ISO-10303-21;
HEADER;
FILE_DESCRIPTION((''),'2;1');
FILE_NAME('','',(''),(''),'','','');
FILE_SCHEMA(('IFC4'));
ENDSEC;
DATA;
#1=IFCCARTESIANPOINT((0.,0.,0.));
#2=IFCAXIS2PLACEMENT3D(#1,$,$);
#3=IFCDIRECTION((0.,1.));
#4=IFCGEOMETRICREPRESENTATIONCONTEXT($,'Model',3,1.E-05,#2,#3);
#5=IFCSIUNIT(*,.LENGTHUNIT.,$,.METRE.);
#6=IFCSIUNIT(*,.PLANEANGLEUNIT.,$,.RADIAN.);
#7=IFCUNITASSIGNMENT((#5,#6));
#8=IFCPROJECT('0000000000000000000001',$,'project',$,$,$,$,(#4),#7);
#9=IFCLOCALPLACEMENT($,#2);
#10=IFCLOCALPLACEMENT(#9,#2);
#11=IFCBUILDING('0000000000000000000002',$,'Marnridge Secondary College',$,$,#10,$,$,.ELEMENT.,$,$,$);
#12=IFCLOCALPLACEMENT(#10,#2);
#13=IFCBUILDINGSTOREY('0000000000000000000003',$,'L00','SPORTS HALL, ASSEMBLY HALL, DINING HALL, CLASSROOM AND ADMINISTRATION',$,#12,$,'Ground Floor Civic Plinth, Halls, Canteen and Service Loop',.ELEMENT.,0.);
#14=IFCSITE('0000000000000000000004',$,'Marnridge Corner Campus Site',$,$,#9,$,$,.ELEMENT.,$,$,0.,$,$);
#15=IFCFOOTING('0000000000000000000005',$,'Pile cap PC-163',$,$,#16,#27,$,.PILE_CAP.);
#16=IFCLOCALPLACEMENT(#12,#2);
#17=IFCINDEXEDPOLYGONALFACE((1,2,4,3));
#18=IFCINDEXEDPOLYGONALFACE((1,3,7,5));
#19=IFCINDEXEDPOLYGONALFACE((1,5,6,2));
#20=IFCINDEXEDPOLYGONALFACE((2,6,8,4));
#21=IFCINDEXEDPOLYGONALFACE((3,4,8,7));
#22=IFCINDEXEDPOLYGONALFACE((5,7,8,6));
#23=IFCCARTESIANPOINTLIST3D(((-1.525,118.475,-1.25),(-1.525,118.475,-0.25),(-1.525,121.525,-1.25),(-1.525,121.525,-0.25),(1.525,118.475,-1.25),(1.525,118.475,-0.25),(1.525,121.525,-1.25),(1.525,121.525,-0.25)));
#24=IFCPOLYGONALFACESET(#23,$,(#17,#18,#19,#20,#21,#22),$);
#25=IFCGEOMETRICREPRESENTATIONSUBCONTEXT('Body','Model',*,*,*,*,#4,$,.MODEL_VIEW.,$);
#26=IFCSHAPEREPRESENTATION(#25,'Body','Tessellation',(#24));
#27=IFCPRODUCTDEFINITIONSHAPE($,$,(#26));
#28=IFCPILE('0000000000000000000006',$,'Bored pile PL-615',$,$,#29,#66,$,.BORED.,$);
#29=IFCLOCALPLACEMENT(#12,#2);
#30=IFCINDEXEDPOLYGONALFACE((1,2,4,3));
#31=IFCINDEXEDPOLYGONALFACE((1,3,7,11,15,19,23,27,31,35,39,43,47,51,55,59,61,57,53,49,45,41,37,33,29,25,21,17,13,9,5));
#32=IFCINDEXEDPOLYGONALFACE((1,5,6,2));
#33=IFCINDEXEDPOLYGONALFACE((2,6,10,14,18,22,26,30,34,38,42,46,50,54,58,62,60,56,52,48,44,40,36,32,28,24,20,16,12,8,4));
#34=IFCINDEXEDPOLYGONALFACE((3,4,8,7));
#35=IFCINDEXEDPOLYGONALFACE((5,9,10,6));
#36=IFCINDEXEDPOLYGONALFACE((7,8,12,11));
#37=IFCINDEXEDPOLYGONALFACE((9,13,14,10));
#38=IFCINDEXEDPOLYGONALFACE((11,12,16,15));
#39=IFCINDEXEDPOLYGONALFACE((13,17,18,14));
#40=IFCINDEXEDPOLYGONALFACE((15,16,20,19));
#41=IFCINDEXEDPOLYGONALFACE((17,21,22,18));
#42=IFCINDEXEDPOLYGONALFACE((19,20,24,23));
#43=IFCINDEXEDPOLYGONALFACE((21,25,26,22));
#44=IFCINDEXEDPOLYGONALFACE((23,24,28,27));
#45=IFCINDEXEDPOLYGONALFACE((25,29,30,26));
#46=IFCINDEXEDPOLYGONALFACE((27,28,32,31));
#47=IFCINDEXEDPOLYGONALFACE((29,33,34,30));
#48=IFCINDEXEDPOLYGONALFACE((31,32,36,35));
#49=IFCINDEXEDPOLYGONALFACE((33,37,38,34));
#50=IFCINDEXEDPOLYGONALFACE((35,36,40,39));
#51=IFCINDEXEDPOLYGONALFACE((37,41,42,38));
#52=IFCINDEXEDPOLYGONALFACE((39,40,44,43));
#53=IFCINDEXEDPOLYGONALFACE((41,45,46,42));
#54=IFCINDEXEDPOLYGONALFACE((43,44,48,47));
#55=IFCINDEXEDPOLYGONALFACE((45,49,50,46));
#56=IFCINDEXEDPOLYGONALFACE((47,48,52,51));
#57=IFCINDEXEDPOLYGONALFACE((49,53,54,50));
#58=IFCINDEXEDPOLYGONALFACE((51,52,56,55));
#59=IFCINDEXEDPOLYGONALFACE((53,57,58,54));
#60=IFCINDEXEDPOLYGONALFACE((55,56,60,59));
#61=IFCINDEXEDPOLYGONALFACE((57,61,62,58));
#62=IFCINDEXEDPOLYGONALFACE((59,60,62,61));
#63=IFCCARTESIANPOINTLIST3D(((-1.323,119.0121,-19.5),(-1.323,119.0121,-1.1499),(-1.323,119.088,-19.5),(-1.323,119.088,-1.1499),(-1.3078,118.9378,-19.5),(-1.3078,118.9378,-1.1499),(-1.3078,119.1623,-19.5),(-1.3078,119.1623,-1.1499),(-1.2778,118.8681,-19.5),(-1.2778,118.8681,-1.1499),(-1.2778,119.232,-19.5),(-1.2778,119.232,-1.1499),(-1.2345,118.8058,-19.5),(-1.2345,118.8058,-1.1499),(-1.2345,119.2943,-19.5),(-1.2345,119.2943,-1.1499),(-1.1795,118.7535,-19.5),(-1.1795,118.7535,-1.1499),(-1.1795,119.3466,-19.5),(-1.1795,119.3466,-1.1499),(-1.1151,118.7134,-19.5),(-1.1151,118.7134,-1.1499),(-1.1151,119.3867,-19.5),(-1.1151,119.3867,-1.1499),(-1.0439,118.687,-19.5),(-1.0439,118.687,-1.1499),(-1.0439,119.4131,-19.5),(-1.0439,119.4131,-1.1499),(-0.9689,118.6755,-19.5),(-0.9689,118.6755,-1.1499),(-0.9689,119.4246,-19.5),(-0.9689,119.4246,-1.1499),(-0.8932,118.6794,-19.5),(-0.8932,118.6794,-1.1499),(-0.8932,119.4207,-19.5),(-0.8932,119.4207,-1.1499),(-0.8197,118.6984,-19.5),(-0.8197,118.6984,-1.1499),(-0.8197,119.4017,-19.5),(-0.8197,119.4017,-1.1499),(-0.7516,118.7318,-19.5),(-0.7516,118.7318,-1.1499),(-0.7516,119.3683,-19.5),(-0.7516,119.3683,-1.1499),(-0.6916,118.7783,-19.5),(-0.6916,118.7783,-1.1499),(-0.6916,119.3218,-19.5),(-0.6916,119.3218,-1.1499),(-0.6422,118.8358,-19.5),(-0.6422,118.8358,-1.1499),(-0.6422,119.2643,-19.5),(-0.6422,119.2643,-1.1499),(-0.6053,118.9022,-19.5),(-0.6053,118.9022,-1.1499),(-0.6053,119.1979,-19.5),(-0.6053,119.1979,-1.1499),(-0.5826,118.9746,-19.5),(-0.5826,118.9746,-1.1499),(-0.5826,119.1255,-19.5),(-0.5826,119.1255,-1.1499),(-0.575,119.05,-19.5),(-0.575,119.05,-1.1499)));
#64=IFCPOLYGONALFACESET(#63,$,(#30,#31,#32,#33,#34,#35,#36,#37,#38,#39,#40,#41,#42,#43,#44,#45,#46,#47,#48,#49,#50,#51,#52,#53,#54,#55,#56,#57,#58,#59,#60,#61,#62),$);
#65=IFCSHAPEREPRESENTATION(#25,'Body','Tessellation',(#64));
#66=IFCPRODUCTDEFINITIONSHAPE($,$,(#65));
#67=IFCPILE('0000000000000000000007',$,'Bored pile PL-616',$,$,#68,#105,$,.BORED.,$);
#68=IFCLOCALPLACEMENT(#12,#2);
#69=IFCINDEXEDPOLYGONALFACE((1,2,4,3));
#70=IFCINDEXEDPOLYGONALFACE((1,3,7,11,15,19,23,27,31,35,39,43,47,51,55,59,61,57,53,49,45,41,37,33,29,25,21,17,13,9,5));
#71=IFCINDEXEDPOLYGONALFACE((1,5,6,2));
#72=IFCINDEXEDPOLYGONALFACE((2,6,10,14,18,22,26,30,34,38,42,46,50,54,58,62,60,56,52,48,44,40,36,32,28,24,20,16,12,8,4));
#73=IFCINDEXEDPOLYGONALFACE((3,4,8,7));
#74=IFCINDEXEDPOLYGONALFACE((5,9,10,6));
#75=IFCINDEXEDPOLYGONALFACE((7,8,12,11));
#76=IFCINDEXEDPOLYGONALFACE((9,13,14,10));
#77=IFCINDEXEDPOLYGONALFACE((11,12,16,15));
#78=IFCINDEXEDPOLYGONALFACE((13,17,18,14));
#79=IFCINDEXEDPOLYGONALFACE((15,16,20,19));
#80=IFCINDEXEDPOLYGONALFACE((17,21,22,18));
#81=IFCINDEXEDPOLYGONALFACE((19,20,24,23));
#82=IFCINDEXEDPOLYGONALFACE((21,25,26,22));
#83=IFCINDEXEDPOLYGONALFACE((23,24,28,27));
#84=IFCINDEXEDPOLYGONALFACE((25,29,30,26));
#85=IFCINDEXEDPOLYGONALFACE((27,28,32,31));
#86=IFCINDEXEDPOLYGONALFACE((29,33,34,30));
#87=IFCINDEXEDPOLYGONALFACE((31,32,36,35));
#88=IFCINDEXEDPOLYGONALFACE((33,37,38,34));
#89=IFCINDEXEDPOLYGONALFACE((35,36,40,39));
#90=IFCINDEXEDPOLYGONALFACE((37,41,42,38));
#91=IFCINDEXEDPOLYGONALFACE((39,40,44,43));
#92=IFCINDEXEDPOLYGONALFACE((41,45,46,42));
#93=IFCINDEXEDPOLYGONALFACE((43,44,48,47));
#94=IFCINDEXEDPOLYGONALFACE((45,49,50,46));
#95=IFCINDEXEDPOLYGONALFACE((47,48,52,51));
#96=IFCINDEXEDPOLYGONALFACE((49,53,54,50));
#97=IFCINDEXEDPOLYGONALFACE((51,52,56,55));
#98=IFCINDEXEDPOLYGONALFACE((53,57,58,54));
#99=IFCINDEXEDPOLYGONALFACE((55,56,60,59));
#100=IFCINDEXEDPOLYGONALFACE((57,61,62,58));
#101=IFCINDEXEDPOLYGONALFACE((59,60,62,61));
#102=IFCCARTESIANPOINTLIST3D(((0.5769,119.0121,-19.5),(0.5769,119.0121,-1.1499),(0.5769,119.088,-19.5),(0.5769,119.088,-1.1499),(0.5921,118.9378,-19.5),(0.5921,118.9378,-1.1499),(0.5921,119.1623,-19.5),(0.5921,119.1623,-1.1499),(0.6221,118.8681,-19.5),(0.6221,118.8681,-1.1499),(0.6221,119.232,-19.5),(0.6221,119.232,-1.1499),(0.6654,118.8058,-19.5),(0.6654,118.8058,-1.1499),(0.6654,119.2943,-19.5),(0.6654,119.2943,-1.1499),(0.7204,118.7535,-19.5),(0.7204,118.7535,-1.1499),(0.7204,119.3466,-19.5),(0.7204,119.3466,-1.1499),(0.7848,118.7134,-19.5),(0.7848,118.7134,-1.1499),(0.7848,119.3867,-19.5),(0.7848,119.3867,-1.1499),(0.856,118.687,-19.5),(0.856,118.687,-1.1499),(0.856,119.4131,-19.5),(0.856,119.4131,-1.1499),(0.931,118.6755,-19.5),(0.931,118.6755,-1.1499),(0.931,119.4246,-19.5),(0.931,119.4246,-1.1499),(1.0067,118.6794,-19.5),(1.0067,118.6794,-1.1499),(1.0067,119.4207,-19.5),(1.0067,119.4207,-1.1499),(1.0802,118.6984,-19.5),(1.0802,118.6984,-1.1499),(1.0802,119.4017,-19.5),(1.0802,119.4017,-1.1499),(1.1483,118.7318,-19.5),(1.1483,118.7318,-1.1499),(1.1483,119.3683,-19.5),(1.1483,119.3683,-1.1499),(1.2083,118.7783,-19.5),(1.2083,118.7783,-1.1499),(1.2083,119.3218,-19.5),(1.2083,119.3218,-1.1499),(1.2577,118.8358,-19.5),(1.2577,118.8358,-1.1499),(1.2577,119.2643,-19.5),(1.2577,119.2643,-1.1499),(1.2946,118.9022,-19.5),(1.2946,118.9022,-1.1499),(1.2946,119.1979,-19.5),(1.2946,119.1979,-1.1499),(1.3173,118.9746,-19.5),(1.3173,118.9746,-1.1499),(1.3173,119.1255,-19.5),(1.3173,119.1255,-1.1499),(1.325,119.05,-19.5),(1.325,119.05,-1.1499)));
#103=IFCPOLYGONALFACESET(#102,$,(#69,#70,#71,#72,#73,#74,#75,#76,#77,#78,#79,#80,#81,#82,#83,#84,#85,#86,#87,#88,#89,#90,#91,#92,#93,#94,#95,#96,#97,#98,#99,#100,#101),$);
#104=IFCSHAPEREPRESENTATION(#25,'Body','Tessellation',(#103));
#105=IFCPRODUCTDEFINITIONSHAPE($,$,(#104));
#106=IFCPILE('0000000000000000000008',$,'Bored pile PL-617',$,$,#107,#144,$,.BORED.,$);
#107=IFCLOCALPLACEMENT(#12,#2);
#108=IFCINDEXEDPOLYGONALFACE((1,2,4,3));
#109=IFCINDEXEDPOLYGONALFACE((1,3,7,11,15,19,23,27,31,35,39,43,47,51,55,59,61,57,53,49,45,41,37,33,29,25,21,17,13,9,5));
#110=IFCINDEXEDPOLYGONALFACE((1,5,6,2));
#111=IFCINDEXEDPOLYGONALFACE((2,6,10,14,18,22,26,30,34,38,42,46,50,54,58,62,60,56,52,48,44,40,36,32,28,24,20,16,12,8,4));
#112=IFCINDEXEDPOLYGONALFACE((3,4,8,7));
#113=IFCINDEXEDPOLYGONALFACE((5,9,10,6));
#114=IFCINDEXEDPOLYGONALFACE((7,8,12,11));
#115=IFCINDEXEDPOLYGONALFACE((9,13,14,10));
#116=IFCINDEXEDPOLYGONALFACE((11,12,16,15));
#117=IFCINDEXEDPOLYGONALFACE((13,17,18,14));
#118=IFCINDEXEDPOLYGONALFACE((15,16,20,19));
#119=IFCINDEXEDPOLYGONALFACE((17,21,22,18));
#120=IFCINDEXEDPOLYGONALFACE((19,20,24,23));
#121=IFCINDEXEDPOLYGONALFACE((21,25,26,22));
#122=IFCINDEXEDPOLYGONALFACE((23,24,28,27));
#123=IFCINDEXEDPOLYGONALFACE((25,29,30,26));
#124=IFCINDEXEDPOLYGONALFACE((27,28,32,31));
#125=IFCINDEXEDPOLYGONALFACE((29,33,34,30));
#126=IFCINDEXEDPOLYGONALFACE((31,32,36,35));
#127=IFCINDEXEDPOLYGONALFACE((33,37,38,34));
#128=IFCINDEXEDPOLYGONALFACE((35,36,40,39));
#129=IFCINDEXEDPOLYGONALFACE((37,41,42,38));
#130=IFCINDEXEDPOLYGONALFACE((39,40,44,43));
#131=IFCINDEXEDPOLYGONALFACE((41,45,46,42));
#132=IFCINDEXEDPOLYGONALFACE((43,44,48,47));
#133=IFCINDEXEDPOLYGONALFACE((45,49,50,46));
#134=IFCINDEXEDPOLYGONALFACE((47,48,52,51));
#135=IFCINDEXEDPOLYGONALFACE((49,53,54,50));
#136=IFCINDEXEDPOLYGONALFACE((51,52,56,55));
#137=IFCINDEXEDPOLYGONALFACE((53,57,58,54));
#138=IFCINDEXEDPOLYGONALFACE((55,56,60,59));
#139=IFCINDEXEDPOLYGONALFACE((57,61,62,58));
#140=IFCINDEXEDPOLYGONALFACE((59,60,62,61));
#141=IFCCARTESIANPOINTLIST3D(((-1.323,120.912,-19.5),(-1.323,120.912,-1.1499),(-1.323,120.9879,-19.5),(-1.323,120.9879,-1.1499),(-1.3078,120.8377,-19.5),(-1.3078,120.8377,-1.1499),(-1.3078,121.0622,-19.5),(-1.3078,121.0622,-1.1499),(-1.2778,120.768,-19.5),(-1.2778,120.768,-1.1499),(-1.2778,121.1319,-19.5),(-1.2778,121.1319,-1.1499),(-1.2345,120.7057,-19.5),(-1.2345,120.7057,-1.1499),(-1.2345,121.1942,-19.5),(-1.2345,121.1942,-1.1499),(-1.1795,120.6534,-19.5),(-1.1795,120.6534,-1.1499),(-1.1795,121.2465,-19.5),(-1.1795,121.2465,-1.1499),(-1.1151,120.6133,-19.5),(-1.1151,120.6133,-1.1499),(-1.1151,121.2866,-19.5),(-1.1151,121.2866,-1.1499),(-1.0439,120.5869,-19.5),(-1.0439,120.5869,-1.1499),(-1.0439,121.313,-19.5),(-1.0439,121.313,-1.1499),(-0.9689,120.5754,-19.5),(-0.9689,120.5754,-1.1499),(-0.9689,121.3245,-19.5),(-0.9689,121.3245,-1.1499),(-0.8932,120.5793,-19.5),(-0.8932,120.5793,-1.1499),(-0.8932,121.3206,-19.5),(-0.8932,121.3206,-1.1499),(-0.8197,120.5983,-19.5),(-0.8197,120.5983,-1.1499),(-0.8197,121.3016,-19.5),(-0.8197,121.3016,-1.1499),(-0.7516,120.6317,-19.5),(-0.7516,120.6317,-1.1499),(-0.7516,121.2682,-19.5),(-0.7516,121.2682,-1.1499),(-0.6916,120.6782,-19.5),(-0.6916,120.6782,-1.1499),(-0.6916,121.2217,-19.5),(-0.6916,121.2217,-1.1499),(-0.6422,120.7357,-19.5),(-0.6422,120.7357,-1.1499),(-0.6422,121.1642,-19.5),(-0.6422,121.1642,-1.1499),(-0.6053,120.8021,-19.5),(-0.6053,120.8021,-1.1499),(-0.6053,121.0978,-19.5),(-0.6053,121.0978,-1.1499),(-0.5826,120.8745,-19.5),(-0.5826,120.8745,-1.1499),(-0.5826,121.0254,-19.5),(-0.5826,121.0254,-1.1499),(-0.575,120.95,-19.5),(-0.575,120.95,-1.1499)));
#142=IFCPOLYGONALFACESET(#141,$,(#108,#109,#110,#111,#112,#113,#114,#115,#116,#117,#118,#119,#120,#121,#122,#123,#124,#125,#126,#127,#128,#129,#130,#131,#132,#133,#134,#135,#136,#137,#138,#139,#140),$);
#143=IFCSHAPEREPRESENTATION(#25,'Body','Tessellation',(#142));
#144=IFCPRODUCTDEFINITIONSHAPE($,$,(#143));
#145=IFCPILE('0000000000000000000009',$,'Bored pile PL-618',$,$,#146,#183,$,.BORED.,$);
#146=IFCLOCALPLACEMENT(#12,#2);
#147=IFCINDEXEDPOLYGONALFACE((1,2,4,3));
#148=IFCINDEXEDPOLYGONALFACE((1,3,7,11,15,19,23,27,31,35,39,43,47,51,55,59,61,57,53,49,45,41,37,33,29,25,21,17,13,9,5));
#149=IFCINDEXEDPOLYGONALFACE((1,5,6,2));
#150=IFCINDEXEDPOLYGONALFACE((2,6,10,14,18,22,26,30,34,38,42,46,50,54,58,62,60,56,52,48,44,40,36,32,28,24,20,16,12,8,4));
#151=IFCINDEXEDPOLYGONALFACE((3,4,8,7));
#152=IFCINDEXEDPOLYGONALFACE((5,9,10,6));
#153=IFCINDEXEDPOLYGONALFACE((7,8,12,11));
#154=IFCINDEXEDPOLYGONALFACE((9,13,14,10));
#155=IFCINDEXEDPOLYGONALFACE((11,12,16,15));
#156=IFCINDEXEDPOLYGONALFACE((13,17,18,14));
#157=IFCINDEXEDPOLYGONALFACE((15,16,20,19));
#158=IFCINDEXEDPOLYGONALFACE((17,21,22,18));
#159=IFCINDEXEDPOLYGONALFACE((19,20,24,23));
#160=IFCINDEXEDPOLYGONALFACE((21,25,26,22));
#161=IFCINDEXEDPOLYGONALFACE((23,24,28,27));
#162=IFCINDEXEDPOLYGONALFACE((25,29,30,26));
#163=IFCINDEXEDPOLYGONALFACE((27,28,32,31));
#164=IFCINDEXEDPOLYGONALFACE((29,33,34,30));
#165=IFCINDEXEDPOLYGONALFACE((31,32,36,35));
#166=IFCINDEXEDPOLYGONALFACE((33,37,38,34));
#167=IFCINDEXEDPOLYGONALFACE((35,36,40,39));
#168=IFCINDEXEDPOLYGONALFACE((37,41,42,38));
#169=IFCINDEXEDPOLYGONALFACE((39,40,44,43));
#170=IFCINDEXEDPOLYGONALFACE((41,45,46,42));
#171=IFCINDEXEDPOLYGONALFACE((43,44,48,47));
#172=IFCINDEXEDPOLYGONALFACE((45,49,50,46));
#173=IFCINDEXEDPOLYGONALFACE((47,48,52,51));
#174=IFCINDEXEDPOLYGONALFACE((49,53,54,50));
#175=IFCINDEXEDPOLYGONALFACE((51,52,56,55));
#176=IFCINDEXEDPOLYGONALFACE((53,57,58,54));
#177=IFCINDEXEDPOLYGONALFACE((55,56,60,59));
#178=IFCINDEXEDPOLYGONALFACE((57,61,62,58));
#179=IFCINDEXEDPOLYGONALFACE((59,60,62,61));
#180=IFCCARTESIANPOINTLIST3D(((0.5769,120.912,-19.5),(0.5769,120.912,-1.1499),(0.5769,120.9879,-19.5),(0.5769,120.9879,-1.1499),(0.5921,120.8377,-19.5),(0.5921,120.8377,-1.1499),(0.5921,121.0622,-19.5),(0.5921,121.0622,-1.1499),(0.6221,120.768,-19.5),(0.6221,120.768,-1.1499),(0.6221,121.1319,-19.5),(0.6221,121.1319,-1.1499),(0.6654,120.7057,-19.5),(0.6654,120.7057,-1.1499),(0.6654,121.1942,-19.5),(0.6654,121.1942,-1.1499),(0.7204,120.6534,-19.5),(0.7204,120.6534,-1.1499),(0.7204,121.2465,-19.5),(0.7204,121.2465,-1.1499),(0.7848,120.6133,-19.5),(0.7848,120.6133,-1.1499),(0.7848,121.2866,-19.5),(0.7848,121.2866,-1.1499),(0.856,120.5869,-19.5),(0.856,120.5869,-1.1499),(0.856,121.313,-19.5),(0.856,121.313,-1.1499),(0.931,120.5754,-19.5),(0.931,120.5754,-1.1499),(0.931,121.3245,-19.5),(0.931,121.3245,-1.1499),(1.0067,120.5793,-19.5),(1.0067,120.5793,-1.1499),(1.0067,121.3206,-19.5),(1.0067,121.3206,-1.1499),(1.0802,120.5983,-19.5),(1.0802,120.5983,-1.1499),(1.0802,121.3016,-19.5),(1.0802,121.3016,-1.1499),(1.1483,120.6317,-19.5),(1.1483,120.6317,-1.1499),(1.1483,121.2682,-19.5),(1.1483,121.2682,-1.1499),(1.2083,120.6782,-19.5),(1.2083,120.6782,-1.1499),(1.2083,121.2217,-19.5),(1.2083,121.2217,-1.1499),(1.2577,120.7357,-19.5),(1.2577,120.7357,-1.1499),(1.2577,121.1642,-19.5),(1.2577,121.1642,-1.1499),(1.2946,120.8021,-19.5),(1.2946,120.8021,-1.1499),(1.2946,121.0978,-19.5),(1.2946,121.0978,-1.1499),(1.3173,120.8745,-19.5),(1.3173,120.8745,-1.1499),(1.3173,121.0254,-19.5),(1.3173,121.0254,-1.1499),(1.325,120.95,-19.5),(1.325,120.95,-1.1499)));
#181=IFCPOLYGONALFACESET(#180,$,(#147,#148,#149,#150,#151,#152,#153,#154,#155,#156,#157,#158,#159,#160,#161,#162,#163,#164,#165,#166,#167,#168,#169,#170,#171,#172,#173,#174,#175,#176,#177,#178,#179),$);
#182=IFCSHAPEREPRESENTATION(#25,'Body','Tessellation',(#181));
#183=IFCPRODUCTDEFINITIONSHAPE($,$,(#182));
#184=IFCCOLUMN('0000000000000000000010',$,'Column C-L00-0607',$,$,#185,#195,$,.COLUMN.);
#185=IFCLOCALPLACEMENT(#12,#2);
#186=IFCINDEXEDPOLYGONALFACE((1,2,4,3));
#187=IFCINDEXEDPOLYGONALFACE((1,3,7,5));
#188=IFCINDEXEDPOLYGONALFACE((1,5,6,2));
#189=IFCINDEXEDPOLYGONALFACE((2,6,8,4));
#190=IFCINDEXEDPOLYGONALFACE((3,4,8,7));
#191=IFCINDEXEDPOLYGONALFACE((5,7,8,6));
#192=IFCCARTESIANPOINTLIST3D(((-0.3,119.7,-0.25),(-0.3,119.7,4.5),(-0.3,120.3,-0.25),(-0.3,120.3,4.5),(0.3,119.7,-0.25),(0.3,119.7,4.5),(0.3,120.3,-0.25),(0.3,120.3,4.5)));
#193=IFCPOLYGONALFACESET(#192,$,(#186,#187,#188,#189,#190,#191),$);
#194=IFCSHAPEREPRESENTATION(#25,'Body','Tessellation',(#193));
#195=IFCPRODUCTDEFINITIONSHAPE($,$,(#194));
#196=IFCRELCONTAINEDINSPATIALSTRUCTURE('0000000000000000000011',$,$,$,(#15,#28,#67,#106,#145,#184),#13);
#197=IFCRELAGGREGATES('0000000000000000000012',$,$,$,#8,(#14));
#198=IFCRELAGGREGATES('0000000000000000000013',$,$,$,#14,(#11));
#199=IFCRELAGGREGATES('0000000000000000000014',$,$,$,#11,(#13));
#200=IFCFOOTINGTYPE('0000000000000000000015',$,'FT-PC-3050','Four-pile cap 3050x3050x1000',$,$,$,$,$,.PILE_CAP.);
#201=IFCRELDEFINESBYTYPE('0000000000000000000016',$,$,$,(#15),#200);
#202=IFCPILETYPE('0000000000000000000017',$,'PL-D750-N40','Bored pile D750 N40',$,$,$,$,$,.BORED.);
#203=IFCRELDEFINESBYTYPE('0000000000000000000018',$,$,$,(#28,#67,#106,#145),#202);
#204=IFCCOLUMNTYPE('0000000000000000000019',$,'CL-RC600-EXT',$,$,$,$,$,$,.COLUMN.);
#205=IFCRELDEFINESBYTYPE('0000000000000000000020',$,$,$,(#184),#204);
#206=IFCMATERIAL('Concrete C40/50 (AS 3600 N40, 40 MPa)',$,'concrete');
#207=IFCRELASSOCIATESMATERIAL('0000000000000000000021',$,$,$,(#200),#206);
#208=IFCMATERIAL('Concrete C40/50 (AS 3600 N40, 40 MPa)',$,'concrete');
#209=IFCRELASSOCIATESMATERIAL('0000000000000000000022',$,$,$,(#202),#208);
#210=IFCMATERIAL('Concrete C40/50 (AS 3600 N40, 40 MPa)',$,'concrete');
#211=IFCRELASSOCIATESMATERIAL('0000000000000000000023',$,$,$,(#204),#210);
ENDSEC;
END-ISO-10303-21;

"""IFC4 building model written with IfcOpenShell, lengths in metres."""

from ifc_helpers import new_model, si_unit, direction, frame, origin, origin_2d, place, context, subcontext, project, spatial, rectangle, circle, extrude, material, material_profile, profile_set, type_object, element, save


model = new_model("IFC4")

# Units and contexts
model_context = context("Model", 3, precision=1e-05, world=origin(), true_north=direction((0.0, 1.0)))
body_context = subcontext(model_context, "Body", "Model", "MODEL_VIEW")
ifc_project = project(units=[si_unit("LENGTHUNIT", "METRE"), si_unit("PLANEANGLEUNIT", "RADIAN")], contexts=[model_context])

# Site, building, storey
site_placement = place(None, origin())
site = spatial("IfcSite", under=ifc_project, at=site_placement, Name="Marnridge Corner Campus Site", CompositionType="ELEMENT", RefElevation=0.0)
building_placement = place(site_placement, origin())
building = spatial("IfcBuilding", under=site, at=building_placement, Name="Marnridge Secondary College", CompositionType="ELEMENT")
storey_placement = place(building_placement, origin())
storey = spatial("IfcBuildingStorey", under=building, at=storey_placement, Name="L00", Description="SPORTS HALL, ASSEMBLY HALL, DINING HALL, CLASSROOM AND ADMINISTRATION", LongName="Ground Floor Civic Plinth, Halls, Canteen and Service Loop", CompositionType="ELEMENT", Elevation=0.0)

# Footing
ifc_material_1 = material(Name="Concrete C40/50 (AS 3600 N40, 40 MPa)", Category="concrete")
footing_type = type_object("IfcFootingType", Name="FT-PC-3050", Description="Four-pile cap 3050x3050x1000", PredefinedType="PILE_CAP", material=ifc_material_1)
footing_placement = place(storey_placement, frame((0.0, 120.0, -1.25), z_axis=(0.0, 0.0, 1.0), x_axis=(1.0, 0.0, 0.0)))
element("IfcFooting", 1, at=footing_placement, inside=storey, type_object=footing_type, Name="Pile cap PC-163", PredefinedType="PILE_CAP", context=body_context, shape_type="SweptSolid", body=[
    extrude(rectangle(XDim=3.05, YDim=3.05, at=origin_2d()), origin(), (0.0, 0.0, 1.0), 1.0),
])

# Piles
ifc_material_2 = material(Name="Concrete C40/50 (AS 3600 N40, 40 MPa)", Category="concrete")
ifc_material_profile_1 = material_profile(ifc_material_2, circle(Radius=0.375, at=origin_2d()), Name="PILE D750")
ifc_profile_set_1 = profile_set([ifc_material_profile_1], Name="Concrete C40/50 (AS 3600 N40, 40 MPa)")
pile_type = type_object("IfcPileType", Name="PL-D750-N40", Description="Bored pile D750 N40", PredefinedType="BORED", material=ifc_profile_set_1)
for number, where, z_axis, x_axis, name in (
    (2, (-0.95, 119.05, -1.1499), (0.0, 0.0, -1.0), (1.0, 0.0, 0.0), "Bored pile PL-615"),
    (3, (0.95, 119.05, -1.1499), (0.0, 0.0, -1.0), (1.0, 0.0, 0.0), "Bored pile PL-616"),
    (4, (-0.95, 120.95, -1.1499), (0.0, 0.0, -1.0), (1.0, 0.0, 0.0), "Bored pile PL-617"),
    (5, (0.95, 120.95, -1.1499), (0.0, 0.0, -1.0), (1.0, 0.0, 0.0), "Bored pile PL-618"),
):
    element("IfcPile", number, at=place(storey_placement, frame(where, z_axis=z_axis, x_axis=x_axis)), inside=storey, type_object=pile_type, Name=name, PredefinedType="BORED", context=body_context, shape_type="SweptSolid", body=[
        extrude(circle(Radius=0.375, at=origin_2d()), origin(), (0.0, 0.0, 1.0), 18.3501),
    ])

# Column
ifc_material_3 = material(Name="Concrete C40/50 (AS 3600 N40, 40 MPa)", Category="concrete")
ifc_material_profile_2 = material_profile(ifc_material_3, rectangle(XDim=0.6001, YDim=0.6001, at=origin_2d()), Name="RC 600x600")
ifc_profile_set_2 = profile_set([ifc_material_profile_2], Name="Concrete C40/50 (AS 3600 N40, 40 MPa)")
column_type = type_object("IfcColumnType", Name="CL-RC600-EXT", PredefinedType="COLUMN", material=ifc_profile_set_2)
column_placement = place(storey_placement, frame((0.0, 120.0, -0.25), z_axis=(0.0, 0.0, 1.0), x_axis=(1.0, 0.0, 0.0)))
element("IfcColumn", 6, at=column_placement, inside=storey, type_object=column_type, Name="Column C-L00-0607", PredefinedType="COLUMN", context=body_context, shape_type="SweptSolid", body=[
    extrude(rectangle(XDim=0.6001, YDim=0.6001, at=origin_2d()), origin(), (0.0, 0.0, 1.0), 4.75),
])

save(model, "model.ifc")
